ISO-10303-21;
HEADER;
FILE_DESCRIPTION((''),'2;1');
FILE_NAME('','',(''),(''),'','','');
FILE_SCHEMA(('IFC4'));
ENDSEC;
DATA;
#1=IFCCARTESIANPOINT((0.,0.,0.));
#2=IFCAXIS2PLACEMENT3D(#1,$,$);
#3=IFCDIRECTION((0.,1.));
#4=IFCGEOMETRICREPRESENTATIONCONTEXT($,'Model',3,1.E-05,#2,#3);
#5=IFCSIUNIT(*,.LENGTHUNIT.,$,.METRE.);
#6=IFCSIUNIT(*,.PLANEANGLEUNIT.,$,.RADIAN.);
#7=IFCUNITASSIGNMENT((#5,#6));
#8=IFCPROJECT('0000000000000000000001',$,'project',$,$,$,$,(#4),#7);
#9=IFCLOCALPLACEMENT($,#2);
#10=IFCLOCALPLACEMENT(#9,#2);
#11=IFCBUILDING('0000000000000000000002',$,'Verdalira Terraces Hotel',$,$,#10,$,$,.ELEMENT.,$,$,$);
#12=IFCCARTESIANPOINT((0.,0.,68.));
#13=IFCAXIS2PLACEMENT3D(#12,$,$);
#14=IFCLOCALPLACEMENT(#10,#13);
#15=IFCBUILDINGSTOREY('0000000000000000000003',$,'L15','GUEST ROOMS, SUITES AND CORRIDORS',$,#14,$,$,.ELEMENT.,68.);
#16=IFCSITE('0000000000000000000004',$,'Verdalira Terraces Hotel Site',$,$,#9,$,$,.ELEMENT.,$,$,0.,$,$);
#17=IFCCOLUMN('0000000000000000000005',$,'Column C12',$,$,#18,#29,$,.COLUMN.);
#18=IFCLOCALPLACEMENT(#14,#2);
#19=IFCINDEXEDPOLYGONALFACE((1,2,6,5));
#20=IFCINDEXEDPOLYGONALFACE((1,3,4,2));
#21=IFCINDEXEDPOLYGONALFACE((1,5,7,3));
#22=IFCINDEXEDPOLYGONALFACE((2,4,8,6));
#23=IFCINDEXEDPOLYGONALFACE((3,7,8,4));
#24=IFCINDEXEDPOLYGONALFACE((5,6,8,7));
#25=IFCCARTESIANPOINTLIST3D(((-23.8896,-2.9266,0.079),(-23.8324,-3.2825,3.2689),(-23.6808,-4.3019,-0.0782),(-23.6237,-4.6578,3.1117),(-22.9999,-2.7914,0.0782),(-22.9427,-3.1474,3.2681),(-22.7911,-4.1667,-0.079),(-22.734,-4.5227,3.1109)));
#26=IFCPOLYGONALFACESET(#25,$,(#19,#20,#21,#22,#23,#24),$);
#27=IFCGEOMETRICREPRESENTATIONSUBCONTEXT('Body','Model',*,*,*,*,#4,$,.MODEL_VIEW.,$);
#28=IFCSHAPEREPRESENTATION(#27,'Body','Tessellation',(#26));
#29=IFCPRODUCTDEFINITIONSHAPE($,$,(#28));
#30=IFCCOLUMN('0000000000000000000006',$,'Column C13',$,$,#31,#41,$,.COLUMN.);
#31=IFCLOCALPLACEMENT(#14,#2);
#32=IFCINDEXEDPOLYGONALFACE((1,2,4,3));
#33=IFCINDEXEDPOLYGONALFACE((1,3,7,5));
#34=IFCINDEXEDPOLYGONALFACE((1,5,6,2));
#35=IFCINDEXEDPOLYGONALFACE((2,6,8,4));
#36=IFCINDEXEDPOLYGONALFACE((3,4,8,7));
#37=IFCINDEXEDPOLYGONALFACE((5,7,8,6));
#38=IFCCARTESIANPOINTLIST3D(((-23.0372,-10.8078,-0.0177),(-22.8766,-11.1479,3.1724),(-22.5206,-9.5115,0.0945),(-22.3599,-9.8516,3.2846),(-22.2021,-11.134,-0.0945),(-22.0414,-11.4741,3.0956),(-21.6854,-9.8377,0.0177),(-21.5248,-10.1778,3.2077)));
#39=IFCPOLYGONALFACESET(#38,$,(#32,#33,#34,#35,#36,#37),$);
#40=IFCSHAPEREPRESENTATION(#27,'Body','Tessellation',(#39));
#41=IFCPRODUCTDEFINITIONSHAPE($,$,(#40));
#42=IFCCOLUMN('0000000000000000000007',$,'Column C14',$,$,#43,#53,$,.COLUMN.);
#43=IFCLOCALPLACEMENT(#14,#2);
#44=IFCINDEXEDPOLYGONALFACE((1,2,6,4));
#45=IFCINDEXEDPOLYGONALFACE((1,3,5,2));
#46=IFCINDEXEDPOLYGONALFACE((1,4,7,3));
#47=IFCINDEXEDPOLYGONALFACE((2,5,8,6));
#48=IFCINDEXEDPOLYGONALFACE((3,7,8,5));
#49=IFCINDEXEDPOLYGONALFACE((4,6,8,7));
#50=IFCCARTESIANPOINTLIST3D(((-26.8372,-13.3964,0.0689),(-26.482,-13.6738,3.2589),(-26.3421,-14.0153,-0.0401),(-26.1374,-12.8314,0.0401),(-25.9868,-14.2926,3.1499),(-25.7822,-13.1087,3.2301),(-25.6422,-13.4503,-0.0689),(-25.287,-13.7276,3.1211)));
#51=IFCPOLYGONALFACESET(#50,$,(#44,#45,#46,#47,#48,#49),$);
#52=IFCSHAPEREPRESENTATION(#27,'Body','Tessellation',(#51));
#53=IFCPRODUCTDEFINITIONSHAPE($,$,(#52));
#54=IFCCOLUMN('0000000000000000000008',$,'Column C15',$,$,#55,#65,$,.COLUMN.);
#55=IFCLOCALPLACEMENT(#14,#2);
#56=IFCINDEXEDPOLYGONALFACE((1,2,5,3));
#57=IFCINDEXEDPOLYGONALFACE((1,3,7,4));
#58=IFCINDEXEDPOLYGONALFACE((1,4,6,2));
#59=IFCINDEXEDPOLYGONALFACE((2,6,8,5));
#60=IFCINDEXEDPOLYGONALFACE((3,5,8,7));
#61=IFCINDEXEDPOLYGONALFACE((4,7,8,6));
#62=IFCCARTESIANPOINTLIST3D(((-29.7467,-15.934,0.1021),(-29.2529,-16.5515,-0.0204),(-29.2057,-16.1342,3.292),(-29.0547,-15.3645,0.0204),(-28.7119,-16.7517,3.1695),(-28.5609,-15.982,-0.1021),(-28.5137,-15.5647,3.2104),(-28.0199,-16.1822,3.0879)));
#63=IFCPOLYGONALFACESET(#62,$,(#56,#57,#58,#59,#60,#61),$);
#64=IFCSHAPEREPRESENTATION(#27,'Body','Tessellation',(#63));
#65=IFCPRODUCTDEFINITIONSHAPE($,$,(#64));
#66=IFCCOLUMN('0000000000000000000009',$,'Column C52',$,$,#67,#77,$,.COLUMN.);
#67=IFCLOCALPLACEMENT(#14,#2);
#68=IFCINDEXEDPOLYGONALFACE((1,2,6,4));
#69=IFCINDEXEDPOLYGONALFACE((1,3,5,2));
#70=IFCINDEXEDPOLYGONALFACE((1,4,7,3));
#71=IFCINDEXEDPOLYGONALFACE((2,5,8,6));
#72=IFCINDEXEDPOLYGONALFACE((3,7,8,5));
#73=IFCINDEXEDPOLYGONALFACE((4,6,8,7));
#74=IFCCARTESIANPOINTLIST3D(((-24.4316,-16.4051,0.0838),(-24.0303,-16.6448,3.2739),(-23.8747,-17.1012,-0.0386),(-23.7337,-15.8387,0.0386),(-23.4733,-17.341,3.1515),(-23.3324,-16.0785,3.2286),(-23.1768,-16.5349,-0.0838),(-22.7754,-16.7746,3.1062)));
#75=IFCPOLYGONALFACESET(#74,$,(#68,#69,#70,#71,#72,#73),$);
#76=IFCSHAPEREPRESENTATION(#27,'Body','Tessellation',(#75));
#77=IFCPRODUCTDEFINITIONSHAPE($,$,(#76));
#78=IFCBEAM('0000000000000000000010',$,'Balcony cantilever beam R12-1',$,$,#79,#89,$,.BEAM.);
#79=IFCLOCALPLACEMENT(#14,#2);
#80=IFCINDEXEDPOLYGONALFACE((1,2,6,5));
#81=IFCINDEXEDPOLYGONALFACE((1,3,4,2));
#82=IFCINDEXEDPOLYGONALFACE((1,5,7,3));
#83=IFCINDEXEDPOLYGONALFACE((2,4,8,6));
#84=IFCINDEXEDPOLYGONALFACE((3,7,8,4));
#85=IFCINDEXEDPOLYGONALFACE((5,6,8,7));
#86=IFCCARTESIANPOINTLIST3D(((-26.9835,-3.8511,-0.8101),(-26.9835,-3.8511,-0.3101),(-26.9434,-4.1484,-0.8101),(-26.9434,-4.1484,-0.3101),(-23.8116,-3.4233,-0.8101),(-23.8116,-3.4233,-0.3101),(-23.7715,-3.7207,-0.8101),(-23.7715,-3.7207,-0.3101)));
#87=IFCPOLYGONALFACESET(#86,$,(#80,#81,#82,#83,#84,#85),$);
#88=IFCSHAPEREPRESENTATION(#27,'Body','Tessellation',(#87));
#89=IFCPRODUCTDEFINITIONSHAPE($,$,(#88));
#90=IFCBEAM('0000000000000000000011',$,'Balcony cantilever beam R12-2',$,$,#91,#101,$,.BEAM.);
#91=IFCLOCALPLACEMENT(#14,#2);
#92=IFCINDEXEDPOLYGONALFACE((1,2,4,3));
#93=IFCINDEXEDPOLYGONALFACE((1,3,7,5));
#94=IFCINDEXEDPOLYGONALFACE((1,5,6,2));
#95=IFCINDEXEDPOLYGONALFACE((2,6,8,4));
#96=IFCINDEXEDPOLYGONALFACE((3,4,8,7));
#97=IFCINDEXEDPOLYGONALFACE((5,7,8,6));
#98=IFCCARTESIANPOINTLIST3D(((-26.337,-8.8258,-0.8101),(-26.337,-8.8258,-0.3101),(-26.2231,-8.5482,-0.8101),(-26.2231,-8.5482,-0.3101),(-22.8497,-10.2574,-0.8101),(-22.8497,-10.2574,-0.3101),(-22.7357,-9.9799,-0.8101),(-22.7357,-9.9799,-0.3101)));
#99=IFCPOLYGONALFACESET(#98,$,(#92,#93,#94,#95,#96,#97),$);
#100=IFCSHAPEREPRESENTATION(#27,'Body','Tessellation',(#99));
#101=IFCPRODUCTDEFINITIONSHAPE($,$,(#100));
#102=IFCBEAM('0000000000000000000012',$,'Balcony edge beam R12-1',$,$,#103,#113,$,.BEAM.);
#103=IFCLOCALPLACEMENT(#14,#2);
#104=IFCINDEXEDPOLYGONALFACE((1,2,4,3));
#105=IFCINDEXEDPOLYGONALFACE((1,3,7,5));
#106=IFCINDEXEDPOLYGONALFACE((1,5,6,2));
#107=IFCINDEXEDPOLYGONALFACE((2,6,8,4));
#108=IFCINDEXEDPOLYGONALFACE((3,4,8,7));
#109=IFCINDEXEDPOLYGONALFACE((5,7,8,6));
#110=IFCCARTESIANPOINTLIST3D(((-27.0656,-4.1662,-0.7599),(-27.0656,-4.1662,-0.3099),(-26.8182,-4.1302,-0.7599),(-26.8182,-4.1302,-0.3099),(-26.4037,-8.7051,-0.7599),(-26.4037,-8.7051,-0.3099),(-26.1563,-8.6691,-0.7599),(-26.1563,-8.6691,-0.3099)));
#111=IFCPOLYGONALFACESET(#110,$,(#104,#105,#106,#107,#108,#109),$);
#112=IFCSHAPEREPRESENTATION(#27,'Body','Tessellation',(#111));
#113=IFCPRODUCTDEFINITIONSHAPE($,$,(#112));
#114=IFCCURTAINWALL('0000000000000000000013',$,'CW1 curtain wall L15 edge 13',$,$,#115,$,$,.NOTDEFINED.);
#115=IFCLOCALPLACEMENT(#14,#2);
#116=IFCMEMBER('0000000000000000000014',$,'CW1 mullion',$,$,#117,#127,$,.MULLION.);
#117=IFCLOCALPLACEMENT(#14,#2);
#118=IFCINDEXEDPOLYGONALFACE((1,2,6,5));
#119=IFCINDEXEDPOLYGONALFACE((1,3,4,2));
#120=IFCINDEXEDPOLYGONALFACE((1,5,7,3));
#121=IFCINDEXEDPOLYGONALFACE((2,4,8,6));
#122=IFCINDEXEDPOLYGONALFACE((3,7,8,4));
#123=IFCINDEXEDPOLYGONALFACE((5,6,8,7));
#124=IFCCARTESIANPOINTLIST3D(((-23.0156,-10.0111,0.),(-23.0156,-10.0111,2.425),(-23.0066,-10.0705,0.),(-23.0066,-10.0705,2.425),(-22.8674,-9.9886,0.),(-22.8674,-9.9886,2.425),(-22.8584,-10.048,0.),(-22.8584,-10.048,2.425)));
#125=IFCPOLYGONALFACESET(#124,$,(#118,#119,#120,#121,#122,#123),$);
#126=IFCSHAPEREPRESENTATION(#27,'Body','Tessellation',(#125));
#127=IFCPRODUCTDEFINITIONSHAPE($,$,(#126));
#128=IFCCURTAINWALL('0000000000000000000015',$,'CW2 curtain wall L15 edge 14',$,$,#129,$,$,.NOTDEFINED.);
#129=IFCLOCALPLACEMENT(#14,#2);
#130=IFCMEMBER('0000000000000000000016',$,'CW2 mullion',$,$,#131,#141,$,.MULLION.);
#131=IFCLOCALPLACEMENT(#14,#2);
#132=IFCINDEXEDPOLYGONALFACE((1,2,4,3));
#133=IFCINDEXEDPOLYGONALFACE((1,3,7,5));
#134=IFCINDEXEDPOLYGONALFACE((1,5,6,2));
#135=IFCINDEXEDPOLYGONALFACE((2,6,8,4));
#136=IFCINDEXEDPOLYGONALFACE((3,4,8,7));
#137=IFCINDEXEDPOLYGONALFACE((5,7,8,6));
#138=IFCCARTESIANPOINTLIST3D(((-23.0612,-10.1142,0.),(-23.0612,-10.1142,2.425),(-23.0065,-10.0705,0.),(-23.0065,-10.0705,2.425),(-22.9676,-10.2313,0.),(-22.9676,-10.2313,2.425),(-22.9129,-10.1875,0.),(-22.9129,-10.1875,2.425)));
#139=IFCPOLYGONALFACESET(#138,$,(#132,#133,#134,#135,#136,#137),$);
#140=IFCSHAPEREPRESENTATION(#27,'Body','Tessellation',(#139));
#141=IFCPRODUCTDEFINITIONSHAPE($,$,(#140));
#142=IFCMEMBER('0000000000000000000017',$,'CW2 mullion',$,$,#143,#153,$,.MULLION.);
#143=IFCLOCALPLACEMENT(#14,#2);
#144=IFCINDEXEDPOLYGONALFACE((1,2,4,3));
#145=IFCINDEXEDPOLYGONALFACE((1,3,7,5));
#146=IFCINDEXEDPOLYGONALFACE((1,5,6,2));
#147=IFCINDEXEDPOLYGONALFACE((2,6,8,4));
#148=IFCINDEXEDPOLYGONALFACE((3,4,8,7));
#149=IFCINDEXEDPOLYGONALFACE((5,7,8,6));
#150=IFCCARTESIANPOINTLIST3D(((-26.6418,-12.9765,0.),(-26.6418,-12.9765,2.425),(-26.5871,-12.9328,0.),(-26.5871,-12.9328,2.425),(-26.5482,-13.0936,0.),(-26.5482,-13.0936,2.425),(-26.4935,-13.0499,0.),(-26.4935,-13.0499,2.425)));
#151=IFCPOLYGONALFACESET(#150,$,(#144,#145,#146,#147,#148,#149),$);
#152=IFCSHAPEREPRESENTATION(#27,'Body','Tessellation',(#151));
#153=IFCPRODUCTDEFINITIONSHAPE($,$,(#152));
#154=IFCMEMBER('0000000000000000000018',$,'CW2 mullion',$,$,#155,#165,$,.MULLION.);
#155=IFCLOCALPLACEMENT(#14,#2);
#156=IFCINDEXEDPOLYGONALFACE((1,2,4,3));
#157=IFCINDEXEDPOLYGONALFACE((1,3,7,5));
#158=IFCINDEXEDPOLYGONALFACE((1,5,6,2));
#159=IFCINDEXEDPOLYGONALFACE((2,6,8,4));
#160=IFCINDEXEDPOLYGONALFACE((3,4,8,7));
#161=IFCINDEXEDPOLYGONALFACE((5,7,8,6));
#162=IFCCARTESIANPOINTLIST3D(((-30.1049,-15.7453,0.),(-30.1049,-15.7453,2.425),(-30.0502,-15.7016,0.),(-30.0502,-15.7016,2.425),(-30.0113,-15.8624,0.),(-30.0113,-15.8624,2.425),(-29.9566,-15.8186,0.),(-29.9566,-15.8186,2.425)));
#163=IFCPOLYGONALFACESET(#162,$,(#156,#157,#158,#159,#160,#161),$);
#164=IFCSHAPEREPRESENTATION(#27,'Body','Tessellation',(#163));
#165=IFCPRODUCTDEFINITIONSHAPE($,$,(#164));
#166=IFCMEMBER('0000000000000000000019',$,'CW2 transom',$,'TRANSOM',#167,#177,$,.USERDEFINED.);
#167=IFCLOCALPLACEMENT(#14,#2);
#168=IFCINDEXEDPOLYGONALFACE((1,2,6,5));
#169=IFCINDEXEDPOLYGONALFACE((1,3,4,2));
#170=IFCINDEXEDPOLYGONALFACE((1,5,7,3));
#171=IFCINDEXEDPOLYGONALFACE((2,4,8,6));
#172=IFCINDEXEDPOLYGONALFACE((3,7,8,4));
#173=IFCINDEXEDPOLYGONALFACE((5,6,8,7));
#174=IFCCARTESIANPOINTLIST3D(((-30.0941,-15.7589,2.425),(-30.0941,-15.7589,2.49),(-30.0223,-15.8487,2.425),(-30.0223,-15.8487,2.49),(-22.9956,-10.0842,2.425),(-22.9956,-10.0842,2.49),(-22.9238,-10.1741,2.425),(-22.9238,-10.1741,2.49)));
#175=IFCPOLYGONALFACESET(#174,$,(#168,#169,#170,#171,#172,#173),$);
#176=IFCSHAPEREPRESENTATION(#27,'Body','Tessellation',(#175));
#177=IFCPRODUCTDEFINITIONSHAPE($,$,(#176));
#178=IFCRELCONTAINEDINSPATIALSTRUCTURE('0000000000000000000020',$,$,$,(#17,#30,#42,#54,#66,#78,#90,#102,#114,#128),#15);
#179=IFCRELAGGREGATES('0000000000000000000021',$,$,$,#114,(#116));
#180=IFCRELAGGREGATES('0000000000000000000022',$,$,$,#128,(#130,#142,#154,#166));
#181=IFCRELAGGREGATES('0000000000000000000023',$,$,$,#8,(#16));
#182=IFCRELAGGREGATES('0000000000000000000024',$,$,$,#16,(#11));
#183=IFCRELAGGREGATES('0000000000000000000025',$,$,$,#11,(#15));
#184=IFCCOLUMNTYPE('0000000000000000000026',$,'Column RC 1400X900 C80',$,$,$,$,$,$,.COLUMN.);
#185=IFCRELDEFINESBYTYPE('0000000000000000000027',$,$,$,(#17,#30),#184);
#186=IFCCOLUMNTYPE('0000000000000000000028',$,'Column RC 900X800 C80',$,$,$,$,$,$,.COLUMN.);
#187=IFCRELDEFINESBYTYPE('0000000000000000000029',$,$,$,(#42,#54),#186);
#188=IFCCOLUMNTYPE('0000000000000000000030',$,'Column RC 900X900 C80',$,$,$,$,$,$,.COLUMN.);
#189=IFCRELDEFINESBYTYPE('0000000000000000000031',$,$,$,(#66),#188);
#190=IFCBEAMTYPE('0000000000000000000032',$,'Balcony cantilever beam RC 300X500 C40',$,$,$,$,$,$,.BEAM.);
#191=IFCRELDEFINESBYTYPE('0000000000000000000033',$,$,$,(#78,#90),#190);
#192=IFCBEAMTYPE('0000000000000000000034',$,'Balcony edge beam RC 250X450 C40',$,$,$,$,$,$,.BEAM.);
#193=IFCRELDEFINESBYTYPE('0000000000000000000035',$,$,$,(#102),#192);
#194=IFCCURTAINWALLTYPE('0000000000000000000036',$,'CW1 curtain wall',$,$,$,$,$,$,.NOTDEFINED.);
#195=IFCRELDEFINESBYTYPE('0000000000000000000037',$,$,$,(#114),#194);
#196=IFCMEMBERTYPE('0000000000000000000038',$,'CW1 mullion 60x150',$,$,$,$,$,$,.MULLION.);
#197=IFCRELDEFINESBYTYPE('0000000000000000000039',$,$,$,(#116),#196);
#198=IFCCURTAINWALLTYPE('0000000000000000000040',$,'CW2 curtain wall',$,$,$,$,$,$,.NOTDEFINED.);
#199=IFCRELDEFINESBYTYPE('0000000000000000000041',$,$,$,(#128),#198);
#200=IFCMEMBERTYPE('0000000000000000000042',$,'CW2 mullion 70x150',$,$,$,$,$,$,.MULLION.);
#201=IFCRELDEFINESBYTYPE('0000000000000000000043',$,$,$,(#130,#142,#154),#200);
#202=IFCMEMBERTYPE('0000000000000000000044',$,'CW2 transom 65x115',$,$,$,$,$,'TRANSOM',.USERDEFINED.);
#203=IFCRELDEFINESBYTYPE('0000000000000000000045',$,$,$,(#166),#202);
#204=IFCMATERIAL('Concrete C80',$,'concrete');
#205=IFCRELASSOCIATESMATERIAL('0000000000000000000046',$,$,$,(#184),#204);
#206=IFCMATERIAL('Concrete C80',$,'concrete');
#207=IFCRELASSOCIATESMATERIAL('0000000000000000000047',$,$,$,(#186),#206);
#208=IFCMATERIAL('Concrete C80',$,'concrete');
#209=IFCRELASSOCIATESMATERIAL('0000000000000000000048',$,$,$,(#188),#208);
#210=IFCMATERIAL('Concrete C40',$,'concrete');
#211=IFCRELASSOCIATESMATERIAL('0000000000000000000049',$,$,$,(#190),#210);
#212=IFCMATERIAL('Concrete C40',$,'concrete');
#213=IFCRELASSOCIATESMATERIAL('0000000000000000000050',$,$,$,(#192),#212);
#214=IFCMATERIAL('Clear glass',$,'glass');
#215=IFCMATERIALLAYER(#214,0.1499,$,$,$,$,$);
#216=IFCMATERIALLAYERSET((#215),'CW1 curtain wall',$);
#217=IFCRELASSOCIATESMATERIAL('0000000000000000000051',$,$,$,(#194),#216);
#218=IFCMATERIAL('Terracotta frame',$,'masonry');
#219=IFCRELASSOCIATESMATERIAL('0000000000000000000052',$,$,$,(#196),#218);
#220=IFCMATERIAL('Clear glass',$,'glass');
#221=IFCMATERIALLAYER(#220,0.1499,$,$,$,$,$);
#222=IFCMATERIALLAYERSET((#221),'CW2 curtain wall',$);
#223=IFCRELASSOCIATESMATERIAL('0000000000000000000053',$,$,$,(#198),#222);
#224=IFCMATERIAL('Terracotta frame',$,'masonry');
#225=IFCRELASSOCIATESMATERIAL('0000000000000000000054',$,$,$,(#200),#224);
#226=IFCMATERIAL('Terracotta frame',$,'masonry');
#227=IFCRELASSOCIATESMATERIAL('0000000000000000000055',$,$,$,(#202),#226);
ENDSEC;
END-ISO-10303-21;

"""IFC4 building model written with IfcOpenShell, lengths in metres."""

from ifc_helpers import new_model, si_unit, direction, frame, origin, origin_2d, place, context, subcontext, project, spatial, rectangle, extrude, material, layer, layer_set, material_profile, profile_set, type_object, element, aggregate, save


model = new_model("IFC4")

# Units and contexts
model_context = context("Model", 3, precision=1e-05, world=origin(), true_north=direction((0.0, 1.0)))
body_context = subcontext(model_context, "Body", "Model", "MODEL_VIEW")
ifc_project = project(units=[si_unit("LENGTHUNIT", "METRE"), si_unit("PLANEANGLEUNIT", "RADIAN")], contexts=[model_context])

# Site, building, storey
site_placement = place(None, origin())
site = spatial("IfcSite", under=ifc_project, at=site_placement, Name="Verdalira Terraces Hotel Site", CompositionType="ELEMENT", RefElevation=0.0)
building_placement = place(site_placement, origin())
building = spatial("IfcBuilding", under=site, at=building_placement, Name="Verdalira Terraces Hotel", CompositionType="ELEMENT")
storey_placement = place(building_placement, frame((0.0, 0.0, 68.0)))
storey = spatial("IfcBuildingStorey", under=building, at=storey_placement, Name="L15", Description="GUEST ROOMS, SUITES AND CORRIDORS", CompositionType="ELEMENT", Elevation=68.0)

# Columns
ifc_material_1 = material(Name="Concrete C80", Category="concrete")
ifc_material_profile_1 = material_profile(ifc_material_1, rectangle(XDim=1.3999, YDim=0.8999, at=origin_2d()), Name="RC 1400X900")
ifc_profile_set_1 = profile_set([ifc_material_profile_1], Name="Concrete C80")
column_type_1 = type_object("IfcColumnType", Name="Column RC 1400X900 C80", PredefinedType="COLUMN", material=ifc_profile_set_1)
column_1_placement = place(storey_placement, frame((-23.3403, -3.5466, 0.0), z_axis=(0.017796, -0.110881, 0.993674), x_axis=(0.149133, -0.98242, -0.112296)))
element("IfcColumn", 1, at=column_1_placement, inside=storey, type_object=column_type_1, Name="Column C12", PredefinedType="COLUMN", context=body_context, shape_type="SweptSolid", body=[
    extrude(rectangle(XDim=1.3999, YDim=0.8999, at=origin_2d()), origin(), (0.0, 0.0, 1.0), 3.2102),
])
column_2_placement = place(storey_placement, frame((-22.3613, -10.3228, 0.0), z_axis=(0.050013, -0.105879, 0.99312), x_axis=(0.369045, 0.925951, 0.080133)))
element("IfcColumn", 2, at=column_2_placement, inside=storey, type_object=column_type_1, Name="Column C13", PredefinedType="COLUMN", context=body_context, shape_type="SweptSolid", body=[
    extrude(rectangle(XDim=1.3999, YDim=0.8999, at=origin_2d()), origin(), (0.0, 0.0, 1.0), 3.2122),
])
ifc_material_2 = material(Name="Concrete C80", Category="concrete")
ifc_material_profile_2 = material_profile(ifc_material_2, rectangle(XDim=0.8999, YDim=0.8, at=origin_2d()), Name="RC 900X800")
ifc_profile_set_2 = profile_set([ifc_material_profile_2], Name="Concrete C80")
column_type_2 = type_object("IfcColumnType", Name="Column RC 900X800 C80", PredefinedType="COLUMN", material=ifc_profile_set_2)
column_3_placement = place(storey_placement, frame((-26.2397, -13.4233, 0.0), z_axis=(0.110263, -0.086088, 0.990167), x_axis=(-0.777649, -0.627883, 0.032007)))
element("IfcColumn", 3, at=column_3_placement, inside=storey, type_object=column_type_2, Name="Column C14", PredefinedType="COLUMN", context=body_context, shape_type="SweptSolid", body=[
    extrude(rectangle(XDim=0.8999, YDim=0.8, at=origin_2d()), origin(), (0.0, 0.0, 1.0), 3.2217),
])
column_4_placement = place(storey_placement, frame((-29.1538, -15.958, 0.0), z_axis=(0.166893, -0.061757, 0.984039), x_axis=(-0.768942, -0.632853, 0.090696)))
element("IfcColumn", 4, at=column_4_placement, inside=storey, type_object=column_type_2, Name="Column C15", PredefinedType="COLUMN", context=body_context, shape_type="SweptSolid", body=[
    extrude(rectangle(XDim=0.8999, YDim=0.8, at=origin_2d()), origin(), (0.0, 0.0, 1.0), 3.2417),
])
ifc_material_3 = material(Name="Concrete C80", Category="concrete")
ifc_material_profile_3 = material_profile(ifc_material_3, rectangle(XDim=0.8999, YDim=0.8999, at=origin_2d()), Name="RC 900X900")
ifc_profile_set_3 = profile_set([ifc_material_profile_3], Name="Concrete C80")
column_type_3 = type_object("IfcColumnType", Name="Column RC 900X900 C80", PredefinedType="COLUMN", material=ifc_profile_set_3)
column_5_placement = place(storey_placement, frame((-23.8042, -16.47, 0.0), z_axis=(0.124493, -0.074362, 0.98943), x_axis=(-0.775519, -0.629318, 0.05028)))
element("IfcColumn", 5, at=column_5_placement, inside=storey, type_object=column_type_3, Name="Column C52", PredefinedType="COLUMN", context=body_context, shape_type="SweptSolid", body=[
    extrude(rectangle(XDim=0.8999, YDim=0.8999, at=origin_2d()), origin(), (0.0, 0.0, 1.0), 3.2241),
])

# Beams
ifc_material_4 = material(Name="Concrete C40", Category="concrete")
ifc_material_profile_4 = material_profile(ifc_material_4, rectangle(XDim=0.3, YDim=0.5, at=origin_2d()), Name="RC 300X500")
ifc_profile_set_4 = profile_set([ifc_material_profile_4], Name="Concrete C40")
beam_type_1 = type_object("IfcBeamType", Name="Balcony cantilever beam RC 300X500 C40", PredefinedType="BEAM", material=ifc_profile_set_4)
beam_1_placement = place(storey_placement, frame((-23.7915, -3.572, -0.5601), z_axis=(-0.99103, -0.133643, 0.0), x_axis=(0.133643, -0.99103, 0.0)))
element("IfcBeam", 6, at=beam_1_placement, inside=storey, type_object=beam_type_1, Name="Balcony cantilever beam R12-1", PredefinedType="BEAM", context=body_context, shape_type="SweptSolid", body=[
    extrude(rectangle(XDim=0.3, YDim=0.5, at=origin_2d()), origin(), (0.0, 0.0, 1.0), 3.2007),
])
beam_2_placement = place(storey_placement, frame((-22.7927, -10.1187, -0.5601), z_axis=(-0.92508, 0.379772, 0.0), x_axis=(-0.379772, -0.92508, 0.0)))
element("IfcBeam", 7, at=beam_2_placement, inside=storey, type_object=beam_type_1, Name="Balcony cantilever beam R12-2", PredefinedType="BEAM", context=body_context, shape_type="SweptSolid", body=[
    extrude(rectangle(XDim=0.3, YDim=0.5, at=origin_2d()), origin(), (0.0, 0.0, 1.0), 3.7698),
])
ifc_material_5 = material(Name="Concrete C40", Category="concrete")
ifc_material_profile_5 = material_profile(ifc_material_5, rectangle(XDim=0.25, YDim=0.45, at=origin_2d()), Name="RC 250X450")
ifc_profile_set_5 = profile_set([ifc_material_profile_5], Name="Concrete C40")
beam_type_2 = type_object("IfcBeamType", Name="Balcony edge beam RC 250X450 C40", PredefinedType="BEAM", material=ifc_profile_set_5)
beam_3_placement = place(storey_placement, frame((-26.9419, -4.1482, -0.5349), z_axis=(0.144297, -0.989534, 0.0), x_axis=(0.989534, 0.144297, 0.0)))
element("IfcBeam", 8, at=beam_3_placement, inside=storey, type_object=beam_type_2, Name="Balcony edge beam R12-1", PredefinedType="BEAM", context=body_context, shape_type="SweptSolid", body=[
    extrude(rectangle(XDim=0.25, YDim=0.45, at=origin_2d()), origin(), (0.0, 0.0, 1.0), 4.5869),
])

# Curtain wall, member
ifc_material_6 = material(Name="Clear glass", Category="glass")
ifc_layer_1 = layer(ifc_material_6, 0.1499)
ifc_layer_set_1 = layer_set([ifc_layer_1], Name="CW1 curtain wall")
curtain_wall_type_1 = type_object("IfcCurtainWallType", Name="CW1 curtain wall", PredefinedType="NOTDEFINED", material=ifc_layer_set_1)
curtain_wall_1_placement = place(storey_placement, origin())
curtain_wall_1 = element("IfcCurtainWall", 9, at=curtain_wall_1_placement, inside=storey, type_object=curtain_wall_type_1, Name="CW1 curtain wall L15 edge 13", PredefinedType="NOTDEFINED")
ifc_material_7 = material(Name="Terracotta frame", Category="masonry")
ifc_material_profile_6 = material_profile(ifc_material_7, rectangle(XDim=0.0601, YDim=0.1499, at=origin_2d()), Name="MU 60x150")
ifc_profile_set_6 = profile_set([ifc_material_profile_6], Name="Terracotta frame")
member_type_1 = type_object("IfcMemberType", Name="CW1 mullion 60x150", PredefinedType="MULLION", material=ifc_profile_set_6)
member_1_placement = place(storey_placement, frame((-22.937, -10.0295, 0.0), z_axis=(0.0, 0.0, 1.0), x_axis=(0.150226, -0.988652, 0.0)))
member_1 = element("IfcMember", 10, at=member_1_placement, type_object=member_type_1, Name="CW1 mullion", PredefinedType="MULLION", context=body_context, shape_type="SweptSolid", body=[
    extrude(rectangle(XDim=0.0601, YDim=0.1499, at=origin_2d()), origin(), (0.0, 0.0, 1.0), 2.425),
])

# Curtain wall, members
ifc_material_8 = material(Name="Clear glass", Category="glass")
ifc_layer_2 = layer(ifc_material_8, 0.1499)
ifc_layer_set_2 = layer_set([ifc_layer_2], Name="CW2 curtain wall")
curtain_wall_type_2 = type_object("IfcCurtainWallType", Name="CW2 curtain wall", PredefinedType="NOTDEFINED", material=ifc_layer_set_2)
curtain_wall_2_placement = place(storey_placement, origin())
curtain_wall_2 = element("IfcCurtainWall", 11, at=curtain_wall_2_placement, inside=storey, type_object=curtain_wall_type_2, Name="CW2 curtain wall L15 edge 14", PredefinedType="NOTDEFINED")
ifc_material_9 = material(Name="Terracotta frame", Category="masonry")
ifc_material_profile_7 = material_profile(ifc_material_9, rectangle(XDim=0.0701, YDim=0.1499, at=origin_2d()), Name="MU 70x150")
ifc_profile_set_7 = profile_set([ifc_material_profile_7], Name="Terracotta frame")
member_type_2 = type_object("IfcMemberType", Name="CW2 mullion 70x150", PredefinedType="MULLION", material=ifc_profile_set_7)
member_2_placement = place(storey_placement, frame((-22.9871, -10.1509, 0.0), z_axis=(0.0, 0.0, 1.0), x_axis=(-0.781085, -0.624425, 0.0)))
member_2 = element("IfcMember", 12, at=member_2_placement, type_object=member_type_2, Name="CW2 mullion", PredefinedType="MULLION", context=body_context, shape_type="SweptSolid", body=[
    extrude(rectangle(XDim=0.0701, YDim=0.1499, at=origin_2d()), origin(), (0.0, 0.0, 1.0), 2.425),
])
member_3_placement = place(storey_placement, frame((-26.5676, -13.0132, 0.0), z_axis=(0.0, 0.0, 1.0), x_axis=(-0.781085, -0.624425, 0.0)))
member_3 = element("IfcMember", 13, at=member_3_placement, type_object=member_type_2, Name="CW2 mullion", PredefinedType="MULLION", context=body_context, shape_type="SweptSolid", body=[
    extrude(rectangle(XDim=0.0701, YDim=0.1499, at=origin_2d()), origin(), (0.0, 0.0, 1.0), 2.425),
])
member_4_placement = place(storey_placement, frame((-30.0308, -15.782, 0.0), z_axis=(0.0, 0.0, 1.0), x_axis=(-0.781085, -0.624425, 0.0)))
member_4 = element("IfcMember", 14, at=member_4_placement, type_object=member_type_2, Name="CW2 mullion", PredefinedType="MULLION", context=body_context, shape_type="SweptSolid", body=[
    extrude(rectangle(XDim=0.0701, YDim=0.1499, at=origin_2d()), origin(), (0.0, 0.0, 1.0), 2.425),
])
ifc_material_10 = material(Name="Terracotta frame", Category="masonry")
ifc_material_profile_8 = material_profile(ifc_material_10, rectangle(XDim=0.115, YDim=0.0649, at=origin_2d()), Name="TR 65x115")
ifc_profile_set_8 = profile_set([ifc_material_profile_8], Name="Terracotta frame")
member_type_3 = type_object("IfcMemberType", Name="CW2 transom 65x115", ElementType="TRANSOM", PredefinedType="USERDEFINED", material=ifc_profile_set_8)
member_5_placement = place(storey_placement, frame((-22.9597, -10.1291, 2.4575), z_axis=(-0.781092, -0.624417, 0.0), x_axis=(0.624417, -0.781092, 0.0)))
member_5 = element("IfcMember", 15, at=member_5_placement, type_object=member_type_3, Name="CW2 transom", ObjectType="TRANSOM", PredefinedType="USERDEFINED", context=body_context, shape_type="SweptSolid", body=[
    extrude(rectangle(XDim=0.115, YDim=0.0649, at=origin_2d()), origin(), (0.0, 0.0, 1.0), 9.0879),
])

aggregate(curtain_wall_1, [member_1])
aggregate(curtain_wall_2, [member_2, member_3, member_4, member_5])

save(model, "model.ifc")
